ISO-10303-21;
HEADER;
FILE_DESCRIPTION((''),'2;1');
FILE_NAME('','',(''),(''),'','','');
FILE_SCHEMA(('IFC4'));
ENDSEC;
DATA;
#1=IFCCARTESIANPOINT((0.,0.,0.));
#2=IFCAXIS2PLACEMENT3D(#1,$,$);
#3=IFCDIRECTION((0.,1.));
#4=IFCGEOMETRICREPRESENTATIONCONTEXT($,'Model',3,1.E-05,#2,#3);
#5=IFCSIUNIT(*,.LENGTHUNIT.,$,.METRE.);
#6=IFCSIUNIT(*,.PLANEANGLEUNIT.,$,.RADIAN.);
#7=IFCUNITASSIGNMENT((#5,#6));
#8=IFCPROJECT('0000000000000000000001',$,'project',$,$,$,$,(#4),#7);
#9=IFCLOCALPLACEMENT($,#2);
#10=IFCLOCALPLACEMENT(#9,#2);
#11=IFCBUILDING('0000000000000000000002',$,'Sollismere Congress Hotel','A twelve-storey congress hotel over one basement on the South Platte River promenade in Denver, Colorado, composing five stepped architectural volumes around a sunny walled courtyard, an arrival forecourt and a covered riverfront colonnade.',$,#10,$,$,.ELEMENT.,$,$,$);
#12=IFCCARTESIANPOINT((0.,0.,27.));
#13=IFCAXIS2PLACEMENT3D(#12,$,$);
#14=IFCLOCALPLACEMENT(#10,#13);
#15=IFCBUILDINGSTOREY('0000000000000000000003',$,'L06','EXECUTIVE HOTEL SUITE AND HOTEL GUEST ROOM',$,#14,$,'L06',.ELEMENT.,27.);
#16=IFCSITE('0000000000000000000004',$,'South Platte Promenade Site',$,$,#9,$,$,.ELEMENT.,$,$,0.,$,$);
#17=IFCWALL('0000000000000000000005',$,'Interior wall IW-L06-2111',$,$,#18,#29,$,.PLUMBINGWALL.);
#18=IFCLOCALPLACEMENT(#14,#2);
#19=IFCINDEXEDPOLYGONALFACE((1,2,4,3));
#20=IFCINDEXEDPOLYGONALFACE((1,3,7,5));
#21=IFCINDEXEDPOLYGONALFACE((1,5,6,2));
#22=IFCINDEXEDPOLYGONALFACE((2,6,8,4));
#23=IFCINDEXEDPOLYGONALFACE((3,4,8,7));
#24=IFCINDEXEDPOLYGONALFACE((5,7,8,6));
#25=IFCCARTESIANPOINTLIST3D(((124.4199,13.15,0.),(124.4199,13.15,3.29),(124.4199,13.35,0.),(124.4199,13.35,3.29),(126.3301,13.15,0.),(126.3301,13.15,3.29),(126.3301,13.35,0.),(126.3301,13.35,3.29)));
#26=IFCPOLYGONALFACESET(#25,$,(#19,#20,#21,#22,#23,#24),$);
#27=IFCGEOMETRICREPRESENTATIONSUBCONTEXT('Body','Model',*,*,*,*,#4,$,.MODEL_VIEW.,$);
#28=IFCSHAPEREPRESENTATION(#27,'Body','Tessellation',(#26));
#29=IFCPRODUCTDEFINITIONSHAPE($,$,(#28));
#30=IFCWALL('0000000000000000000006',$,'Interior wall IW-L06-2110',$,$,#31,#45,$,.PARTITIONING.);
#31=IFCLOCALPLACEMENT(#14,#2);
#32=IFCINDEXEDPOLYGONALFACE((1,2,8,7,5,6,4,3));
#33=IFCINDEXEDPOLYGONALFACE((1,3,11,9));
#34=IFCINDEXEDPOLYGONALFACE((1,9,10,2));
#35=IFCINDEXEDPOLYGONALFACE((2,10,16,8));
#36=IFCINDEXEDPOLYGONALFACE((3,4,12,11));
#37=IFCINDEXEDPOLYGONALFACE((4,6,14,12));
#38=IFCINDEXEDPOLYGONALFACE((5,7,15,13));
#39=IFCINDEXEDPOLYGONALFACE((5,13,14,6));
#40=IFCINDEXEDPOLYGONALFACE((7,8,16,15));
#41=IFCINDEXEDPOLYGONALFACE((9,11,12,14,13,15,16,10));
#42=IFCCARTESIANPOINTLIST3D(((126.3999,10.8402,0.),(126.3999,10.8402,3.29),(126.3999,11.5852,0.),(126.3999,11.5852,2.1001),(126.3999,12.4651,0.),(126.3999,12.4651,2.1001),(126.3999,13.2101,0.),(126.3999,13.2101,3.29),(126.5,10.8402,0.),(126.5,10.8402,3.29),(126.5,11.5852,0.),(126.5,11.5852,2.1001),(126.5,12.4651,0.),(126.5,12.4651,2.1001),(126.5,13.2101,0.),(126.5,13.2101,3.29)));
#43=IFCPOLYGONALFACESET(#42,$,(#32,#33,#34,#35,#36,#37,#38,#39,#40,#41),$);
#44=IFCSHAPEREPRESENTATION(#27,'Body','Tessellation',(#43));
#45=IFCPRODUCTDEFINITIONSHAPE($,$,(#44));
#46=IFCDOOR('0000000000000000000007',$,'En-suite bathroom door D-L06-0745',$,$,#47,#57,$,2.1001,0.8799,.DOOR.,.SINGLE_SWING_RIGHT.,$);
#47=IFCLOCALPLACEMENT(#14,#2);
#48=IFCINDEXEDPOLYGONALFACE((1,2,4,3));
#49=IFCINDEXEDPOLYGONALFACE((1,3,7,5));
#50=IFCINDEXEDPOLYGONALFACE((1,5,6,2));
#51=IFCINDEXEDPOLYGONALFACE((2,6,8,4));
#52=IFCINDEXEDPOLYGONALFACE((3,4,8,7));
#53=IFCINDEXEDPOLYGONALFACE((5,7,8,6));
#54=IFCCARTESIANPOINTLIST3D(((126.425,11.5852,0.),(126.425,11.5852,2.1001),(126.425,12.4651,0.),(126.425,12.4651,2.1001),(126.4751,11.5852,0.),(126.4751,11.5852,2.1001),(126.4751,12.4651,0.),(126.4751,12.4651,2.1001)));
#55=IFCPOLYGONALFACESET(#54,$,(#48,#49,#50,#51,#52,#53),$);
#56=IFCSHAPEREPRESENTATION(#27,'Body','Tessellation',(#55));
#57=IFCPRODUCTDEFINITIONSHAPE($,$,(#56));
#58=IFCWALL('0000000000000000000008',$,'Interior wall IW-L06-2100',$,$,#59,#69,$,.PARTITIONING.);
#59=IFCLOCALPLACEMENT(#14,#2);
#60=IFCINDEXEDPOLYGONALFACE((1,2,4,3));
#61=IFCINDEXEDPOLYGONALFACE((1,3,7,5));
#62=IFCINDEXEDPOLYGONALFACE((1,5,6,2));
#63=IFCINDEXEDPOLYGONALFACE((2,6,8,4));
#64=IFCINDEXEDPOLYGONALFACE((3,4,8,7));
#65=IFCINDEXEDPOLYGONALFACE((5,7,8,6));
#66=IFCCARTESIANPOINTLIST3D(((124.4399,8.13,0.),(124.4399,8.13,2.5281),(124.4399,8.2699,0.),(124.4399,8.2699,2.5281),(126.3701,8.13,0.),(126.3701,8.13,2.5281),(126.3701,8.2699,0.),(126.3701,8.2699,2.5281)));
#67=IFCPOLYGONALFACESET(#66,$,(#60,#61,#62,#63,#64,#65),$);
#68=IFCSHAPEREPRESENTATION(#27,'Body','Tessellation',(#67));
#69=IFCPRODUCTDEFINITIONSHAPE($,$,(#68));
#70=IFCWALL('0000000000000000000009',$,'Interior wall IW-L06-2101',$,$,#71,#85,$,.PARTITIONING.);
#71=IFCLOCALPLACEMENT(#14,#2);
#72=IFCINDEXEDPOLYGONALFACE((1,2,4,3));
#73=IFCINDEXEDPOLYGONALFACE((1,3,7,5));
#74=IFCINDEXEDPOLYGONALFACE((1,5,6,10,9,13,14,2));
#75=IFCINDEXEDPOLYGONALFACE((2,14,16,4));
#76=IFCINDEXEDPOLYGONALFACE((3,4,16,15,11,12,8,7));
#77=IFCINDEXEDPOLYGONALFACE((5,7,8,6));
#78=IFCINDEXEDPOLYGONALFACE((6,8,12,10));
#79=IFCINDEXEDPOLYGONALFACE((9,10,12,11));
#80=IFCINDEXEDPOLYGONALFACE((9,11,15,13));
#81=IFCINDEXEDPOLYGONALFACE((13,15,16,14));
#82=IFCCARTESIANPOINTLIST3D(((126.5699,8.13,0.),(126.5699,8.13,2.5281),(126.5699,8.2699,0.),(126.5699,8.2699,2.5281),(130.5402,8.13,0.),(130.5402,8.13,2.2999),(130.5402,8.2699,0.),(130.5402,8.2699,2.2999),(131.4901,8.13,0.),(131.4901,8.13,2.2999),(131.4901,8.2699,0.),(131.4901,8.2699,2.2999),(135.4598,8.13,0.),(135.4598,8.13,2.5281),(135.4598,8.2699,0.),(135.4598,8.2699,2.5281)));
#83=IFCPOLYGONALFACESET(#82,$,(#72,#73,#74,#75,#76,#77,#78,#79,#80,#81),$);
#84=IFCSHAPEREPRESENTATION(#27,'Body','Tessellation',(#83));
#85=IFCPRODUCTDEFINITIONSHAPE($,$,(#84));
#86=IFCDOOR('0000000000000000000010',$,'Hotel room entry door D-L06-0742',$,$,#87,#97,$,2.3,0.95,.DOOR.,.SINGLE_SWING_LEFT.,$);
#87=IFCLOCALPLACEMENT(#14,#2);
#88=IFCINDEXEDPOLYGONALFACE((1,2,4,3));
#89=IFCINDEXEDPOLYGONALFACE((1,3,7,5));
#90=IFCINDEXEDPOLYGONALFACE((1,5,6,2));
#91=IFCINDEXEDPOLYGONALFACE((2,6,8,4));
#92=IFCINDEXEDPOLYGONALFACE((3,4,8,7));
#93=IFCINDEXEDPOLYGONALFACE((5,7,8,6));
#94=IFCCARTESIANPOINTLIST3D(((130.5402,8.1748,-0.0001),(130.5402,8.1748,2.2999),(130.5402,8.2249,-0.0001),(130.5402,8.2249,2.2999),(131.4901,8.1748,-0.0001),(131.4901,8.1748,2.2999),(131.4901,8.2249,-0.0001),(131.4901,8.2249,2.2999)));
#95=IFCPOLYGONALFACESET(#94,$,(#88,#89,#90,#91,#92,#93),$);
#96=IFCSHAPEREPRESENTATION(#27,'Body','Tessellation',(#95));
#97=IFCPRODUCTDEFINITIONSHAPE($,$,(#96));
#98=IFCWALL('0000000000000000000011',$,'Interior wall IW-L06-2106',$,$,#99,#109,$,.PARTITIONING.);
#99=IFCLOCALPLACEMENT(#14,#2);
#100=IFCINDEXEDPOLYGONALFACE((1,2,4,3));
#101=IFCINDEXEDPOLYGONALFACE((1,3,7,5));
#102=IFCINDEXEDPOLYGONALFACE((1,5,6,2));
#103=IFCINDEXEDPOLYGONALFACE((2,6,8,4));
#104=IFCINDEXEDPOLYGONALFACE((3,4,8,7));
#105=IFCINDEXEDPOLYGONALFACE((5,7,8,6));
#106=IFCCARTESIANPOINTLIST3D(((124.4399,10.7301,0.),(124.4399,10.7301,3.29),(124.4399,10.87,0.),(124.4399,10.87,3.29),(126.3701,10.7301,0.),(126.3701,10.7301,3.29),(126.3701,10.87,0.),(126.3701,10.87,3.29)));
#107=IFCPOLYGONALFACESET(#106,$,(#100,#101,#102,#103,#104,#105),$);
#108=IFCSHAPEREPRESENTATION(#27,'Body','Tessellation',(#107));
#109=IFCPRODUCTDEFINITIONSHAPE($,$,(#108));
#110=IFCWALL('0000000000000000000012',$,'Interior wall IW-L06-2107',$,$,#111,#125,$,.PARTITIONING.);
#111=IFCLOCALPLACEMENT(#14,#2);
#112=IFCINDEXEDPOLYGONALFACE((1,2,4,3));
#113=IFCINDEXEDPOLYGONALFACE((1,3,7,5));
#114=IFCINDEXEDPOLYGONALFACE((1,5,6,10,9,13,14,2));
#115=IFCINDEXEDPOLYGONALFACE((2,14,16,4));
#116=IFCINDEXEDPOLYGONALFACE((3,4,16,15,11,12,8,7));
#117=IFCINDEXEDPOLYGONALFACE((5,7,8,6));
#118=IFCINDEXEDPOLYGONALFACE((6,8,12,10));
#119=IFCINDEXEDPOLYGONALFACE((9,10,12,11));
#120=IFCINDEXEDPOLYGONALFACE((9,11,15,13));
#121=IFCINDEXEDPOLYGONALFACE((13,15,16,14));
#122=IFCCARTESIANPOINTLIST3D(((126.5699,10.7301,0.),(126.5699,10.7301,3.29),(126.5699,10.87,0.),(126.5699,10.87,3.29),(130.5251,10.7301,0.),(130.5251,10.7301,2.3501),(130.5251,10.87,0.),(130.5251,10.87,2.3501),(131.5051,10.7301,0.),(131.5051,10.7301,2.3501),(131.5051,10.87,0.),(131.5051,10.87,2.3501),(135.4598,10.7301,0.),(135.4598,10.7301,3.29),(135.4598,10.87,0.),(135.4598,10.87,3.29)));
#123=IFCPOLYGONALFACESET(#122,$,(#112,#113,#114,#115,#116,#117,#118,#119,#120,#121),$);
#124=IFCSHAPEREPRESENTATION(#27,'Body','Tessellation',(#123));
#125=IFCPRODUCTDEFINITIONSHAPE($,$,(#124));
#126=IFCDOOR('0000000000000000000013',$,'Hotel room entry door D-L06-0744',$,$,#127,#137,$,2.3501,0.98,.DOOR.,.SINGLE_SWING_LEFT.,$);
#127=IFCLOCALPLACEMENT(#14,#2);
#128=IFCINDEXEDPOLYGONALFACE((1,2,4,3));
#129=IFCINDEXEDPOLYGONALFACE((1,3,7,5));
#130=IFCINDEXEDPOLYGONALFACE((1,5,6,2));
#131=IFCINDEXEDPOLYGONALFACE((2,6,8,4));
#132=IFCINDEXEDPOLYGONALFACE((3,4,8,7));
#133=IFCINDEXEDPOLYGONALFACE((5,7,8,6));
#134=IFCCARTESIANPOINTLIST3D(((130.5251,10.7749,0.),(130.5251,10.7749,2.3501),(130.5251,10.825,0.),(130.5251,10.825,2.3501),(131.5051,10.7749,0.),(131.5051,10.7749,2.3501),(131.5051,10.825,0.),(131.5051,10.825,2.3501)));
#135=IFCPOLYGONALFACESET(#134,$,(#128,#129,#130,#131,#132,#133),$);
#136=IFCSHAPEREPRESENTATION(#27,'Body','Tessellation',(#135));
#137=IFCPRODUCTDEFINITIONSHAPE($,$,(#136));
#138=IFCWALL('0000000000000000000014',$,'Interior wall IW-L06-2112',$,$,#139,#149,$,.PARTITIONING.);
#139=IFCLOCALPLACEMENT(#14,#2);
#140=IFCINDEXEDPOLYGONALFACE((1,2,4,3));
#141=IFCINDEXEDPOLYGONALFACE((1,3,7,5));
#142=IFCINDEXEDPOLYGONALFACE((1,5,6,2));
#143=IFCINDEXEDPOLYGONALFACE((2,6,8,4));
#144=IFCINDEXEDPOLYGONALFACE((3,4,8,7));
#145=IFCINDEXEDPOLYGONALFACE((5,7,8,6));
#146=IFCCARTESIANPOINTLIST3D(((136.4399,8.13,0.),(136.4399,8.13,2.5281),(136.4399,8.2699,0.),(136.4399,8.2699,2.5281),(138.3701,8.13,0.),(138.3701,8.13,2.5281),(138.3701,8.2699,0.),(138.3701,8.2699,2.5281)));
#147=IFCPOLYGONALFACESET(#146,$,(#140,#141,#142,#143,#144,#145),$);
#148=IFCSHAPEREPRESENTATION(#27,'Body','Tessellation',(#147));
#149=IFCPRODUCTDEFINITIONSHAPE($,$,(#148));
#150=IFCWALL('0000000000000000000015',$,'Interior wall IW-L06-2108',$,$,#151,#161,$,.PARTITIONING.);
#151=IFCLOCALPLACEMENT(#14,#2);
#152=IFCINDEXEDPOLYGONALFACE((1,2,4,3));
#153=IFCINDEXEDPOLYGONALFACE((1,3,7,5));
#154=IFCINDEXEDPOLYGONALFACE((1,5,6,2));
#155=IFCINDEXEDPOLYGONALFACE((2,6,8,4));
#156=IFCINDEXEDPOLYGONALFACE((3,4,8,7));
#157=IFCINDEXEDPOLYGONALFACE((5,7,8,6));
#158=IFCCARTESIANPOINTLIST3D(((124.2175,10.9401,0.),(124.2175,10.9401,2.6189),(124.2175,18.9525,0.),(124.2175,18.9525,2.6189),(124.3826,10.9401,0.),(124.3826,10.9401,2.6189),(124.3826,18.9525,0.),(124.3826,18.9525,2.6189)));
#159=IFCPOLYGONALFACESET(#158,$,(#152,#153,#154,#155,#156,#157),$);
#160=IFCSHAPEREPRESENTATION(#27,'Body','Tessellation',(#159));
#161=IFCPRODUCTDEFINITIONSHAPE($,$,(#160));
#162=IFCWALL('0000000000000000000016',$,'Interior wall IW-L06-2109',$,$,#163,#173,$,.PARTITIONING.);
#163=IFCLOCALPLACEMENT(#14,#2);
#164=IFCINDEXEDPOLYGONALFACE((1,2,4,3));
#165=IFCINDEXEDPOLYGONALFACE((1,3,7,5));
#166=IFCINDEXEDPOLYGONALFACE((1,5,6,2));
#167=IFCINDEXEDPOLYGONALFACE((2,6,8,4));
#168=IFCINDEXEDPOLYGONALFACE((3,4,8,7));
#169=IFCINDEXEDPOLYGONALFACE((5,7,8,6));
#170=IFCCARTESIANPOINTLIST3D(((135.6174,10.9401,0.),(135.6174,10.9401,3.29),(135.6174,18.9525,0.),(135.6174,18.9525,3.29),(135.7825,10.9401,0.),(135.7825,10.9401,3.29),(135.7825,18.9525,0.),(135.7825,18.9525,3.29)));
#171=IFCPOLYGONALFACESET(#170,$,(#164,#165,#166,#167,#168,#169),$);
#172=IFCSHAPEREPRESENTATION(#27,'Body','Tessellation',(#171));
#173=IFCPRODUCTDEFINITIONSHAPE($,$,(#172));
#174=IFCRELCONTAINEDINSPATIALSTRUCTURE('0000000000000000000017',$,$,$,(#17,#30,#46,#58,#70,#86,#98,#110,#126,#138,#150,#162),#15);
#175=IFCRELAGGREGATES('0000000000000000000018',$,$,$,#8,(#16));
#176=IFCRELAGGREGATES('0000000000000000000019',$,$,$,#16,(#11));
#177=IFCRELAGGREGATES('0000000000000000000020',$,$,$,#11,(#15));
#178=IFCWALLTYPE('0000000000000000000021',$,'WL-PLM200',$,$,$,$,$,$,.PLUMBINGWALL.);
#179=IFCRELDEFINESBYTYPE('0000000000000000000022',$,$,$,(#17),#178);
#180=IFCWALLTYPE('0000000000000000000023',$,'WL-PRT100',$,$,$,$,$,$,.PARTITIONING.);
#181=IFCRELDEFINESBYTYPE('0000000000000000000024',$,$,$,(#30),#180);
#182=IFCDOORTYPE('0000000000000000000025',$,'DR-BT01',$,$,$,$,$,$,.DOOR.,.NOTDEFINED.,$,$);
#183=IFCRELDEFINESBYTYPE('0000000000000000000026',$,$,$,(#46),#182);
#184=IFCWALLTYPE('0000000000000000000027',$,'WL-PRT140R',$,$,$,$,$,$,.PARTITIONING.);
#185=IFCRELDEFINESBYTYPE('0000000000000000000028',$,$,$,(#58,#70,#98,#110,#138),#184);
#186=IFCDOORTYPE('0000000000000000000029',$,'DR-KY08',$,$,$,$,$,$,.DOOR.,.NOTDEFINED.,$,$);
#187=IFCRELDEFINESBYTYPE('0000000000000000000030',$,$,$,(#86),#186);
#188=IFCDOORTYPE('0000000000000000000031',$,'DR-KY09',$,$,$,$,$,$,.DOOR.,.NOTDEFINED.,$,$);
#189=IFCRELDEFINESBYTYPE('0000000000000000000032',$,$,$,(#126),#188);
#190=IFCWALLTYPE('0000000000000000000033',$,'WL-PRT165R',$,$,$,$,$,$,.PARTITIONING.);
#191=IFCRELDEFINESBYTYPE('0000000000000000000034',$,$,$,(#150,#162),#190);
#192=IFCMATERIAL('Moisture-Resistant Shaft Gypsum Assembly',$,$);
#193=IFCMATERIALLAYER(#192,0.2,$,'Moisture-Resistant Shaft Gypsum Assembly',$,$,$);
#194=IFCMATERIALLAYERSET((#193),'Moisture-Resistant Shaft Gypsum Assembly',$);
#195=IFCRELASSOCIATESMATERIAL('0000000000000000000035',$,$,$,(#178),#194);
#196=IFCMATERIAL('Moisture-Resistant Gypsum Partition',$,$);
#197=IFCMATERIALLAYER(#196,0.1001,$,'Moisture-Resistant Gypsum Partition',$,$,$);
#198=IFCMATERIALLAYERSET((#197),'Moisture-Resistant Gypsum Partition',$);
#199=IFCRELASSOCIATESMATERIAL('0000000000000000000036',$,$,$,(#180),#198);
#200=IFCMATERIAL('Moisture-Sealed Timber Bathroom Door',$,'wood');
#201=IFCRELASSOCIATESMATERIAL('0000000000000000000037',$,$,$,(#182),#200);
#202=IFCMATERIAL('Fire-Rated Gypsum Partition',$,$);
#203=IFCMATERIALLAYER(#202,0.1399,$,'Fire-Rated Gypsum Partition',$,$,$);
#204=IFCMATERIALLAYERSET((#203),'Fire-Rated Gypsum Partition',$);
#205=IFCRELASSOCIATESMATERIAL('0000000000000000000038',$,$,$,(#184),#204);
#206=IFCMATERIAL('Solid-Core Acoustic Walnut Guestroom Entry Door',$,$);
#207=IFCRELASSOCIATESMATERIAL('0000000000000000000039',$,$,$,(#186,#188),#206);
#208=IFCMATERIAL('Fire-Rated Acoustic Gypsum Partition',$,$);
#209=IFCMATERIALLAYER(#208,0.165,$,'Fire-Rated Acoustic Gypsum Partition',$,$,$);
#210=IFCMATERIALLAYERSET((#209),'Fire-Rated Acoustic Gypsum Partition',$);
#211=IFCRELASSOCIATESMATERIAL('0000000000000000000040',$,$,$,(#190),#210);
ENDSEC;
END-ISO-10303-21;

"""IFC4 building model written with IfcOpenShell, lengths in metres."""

from ifc_helpers import new_model, si_unit, direction, frame, frame_2d, origin, place, context, subcontext, project, spatial, rectangle, extrude, material, layer, layer_set, type_object, element, fill, save


model = new_model("IFC4")

# Units and contexts
model_context = context("Model", 3, precision=1e-05, world=origin(), true_north=direction((0.0, 1.0)))
body_context = subcontext(model_context, "Body", "Model", "MODEL_VIEW")
ifc_project = project(units=[si_unit("LENGTHUNIT", "METRE"), si_unit("PLANEANGLEUNIT", "RADIAN")], contexts=[model_context])

# Site, building, storey
site_placement = place(None, origin())
site = spatial("IfcSite", under=ifc_project, at=site_placement, Name="South Platte Promenade Site", CompositionType="ELEMENT", RefElevation=0.0)
building_placement = place(site_placement, origin())
building = spatial("IfcBuilding", under=site, at=building_placement, Name="Sollismere Congress Hotel", Description="A twelve-storey congress hotel over one basement on the South Platte River promenade in Denver, Colorado, composing five stepped architectural volumes around a sunny walled courtyard, an arrival forecourt and a covered riverfront colonnade.", CompositionType="ELEMENT")
storey_placement = place(building_placement, frame((0.0, 0.0, 27.0)))
storey = spatial("IfcBuildingStorey", under=building, at=storey_placement, Name="L06", Description="EXECUTIVE HOTEL SUITE AND HOTEL GUEST ROOM", LongName="L06", CompositionType="ELEMENT", Elevation=27.0)

# Wall
ifc_material_1 = material(Name="Moisture-Resistant Shaft Gypsum Assembly")
ifc_layer_1 = layer(ifc_material_1, 0.2, Name="Moisture-Resistant Shaft Gypsum Assembly")
ifc_layer_set_1 = layer_set([ifc_layer_1], Name="Moisture-Resistant Shaft Gypsum Assembly")
wall_type_1 = type_object("IfcWallType", Name="WL-PLM200", PredefinedType="PLUMBINGWALL", material=ifc_layer_set_1)
wall_1_placement = place(storey_placement, frame((124.4199, 13.25, 0.0), z_axis=(0.0, 0.0, 1.0), x_axis=(1.0, 0.0, 0.0)))
element("IfcWall", 1, at=wall_1_placement, inside=storey, type_object=wall_type_1, Name="Interior wall IW-L06-2111", PredefinedType="PLUMBINGWALL", context=body_context, shape_type="SweptSolid", body=[
    extrude(rectangle(XDim=1.9102, YDim=0.2, at=frame_2d((0.9551, 0.0))), origin(), (0.0, 0.0, 1.0), 3.29),
])

# Wall, opening, door
ifc_material_2 = material(Name="Moisture-Resistant Gypsum Partition")
ifc_layer_2 = layer(ifc_material_2, 0.1001, Name="Moisture-Resistant Gypsum Partition")
ifc_layer_set_2 = layer_set([ifc_layer_2], Name="Moisture-Resistant Gypsum Partition")
wall_type_2 = type_object("IfcWallType", Name="WL-PRT100", PredefinedType="PARTITIONING", material=ifc_layer_set_2)
wall_2_placement = place(storey_placement, frame((126.45, 10.8401, 0.0), z_axis=(0.0, 0.0, 1.0), x_axis=(0.0, 1.0, 0.0)))
wall_2 = element("IfcWall", 2, at=wall_2_placement, inside=storey, type_object=wall_type_2, Name="Interior wall IW-L06-2110", PredefinedType="PARTITIONING", context=body_context, shape_type="SweptSolid", body=[
    extrude(rectangle(XDim=2.3699, YDim=0.1001, at=frame_2d((1.1851, 0.0))), origin(), (0.0, 0.0, 1.0), 3.29),
])
opening_1_placement = place(wall_2_placement, frame((0.7451, 0.0, 0.0)))
opening_1 = element("IfcOpeningElement", 3, at=opening_1_placement, cuts=wall_2, PredefinedType="OPENING", context=body_context, shape_type="SweptSolid", body=[
    extrude(rectangle(XDim=0.8799, YDim=2.1001, at=frame_2d((0.4399, 1.05))), frame((0.0, 0.0601, 0.0), z_axis=(0.0, -1.0, 0.0), x_axis=(1.0, 0.0, 0.0)), (0.0, 0.0, 1.0), 0.1201),
])
ifc_material_3 = material(Name="Moisture-Sealed Timber Bathroom Door", Category="wood")
door_type_1 = type_object("IfcDoorType", Name="DR-BT01", OperationType="NOTDEFINED", PredefinedType="DOOR", material=ifc_material_3)
door_1_placement = place(opening_1_placement, origin())
door_1 = element("IfcDoor", 4, at=door_1_placement, inside=storey, type_object=door_type_1, Name="En-suite bathroom door D-L06-0745", OperationType="SINGLE_SWING_RIGHT", OverallHeight=2.1001, OverallWidth=0.8799, PredefinedType="DOOR", context=body_context, shape_type="SweptSolid", body=[
    extrude(rectangle(XDim=0.8799, YDim=2.1001, at=frame_2d((0.4399, 1.05))), frame((0.0, 0.0249, 0.0), z_axis=(0.0, -1.0, 0.0), x_axis=(1.0, 0.0, 0.0)), (0.0, 0.0, 1.0), 0.05),
])
fill(opening_1, door_1)

# Wall
ifc_material_4 = material(Name="Fire-Rated Gypsum Partition")
ifc_layer_3 = layer(ifc_material_4, 0.1399, Name="Fire-Rated Gypsum Partition")
ifc_layer_set_3 = layer_set([ifc_layer_3], Name="Fire-Rated Gypsum Partition")
wall_type_3 = type_object("IfcWallType", Name="WL-PRT140R", PredefinedType="PARTITIONING", material=ifc_layer_set_3)
wall_3_placement = place(storey_placement, frame((124.4399, 8.2, 0.0), z_axis=(0.0, 0.0, 1.0), x_axis=(1.0, 0.0, 0.0)))
element("IfcWall", 5, at=wall_3_placement, inside=storey, type_object=wall_type_3, Name="Interior wall IW-L06-2100", PredefinedType="PARTITIONING", context=body_context, shape_type="SweptSolid", body=[
    extrude(rectangle(XDim=1.9302, YDim=0.1399, at=frame_2d((0.9651, 0.0))), origin(), (0.0, 0.0, 1.0), 2.5281),
])

# Wall, opening, door
wall_4_placement = place(storey_placement, frame((126.5701, 8.2, 0.0), z_axis=(0.0, 0.0, 1.0), x_axis=(1.0, 0.0, 0.0)))
wall_4 = element("IfcWall", 6, at=wall_4_placement, inside=storey, type_object=wall_type_3, Name="Interior wall IW-L06-2101", PredefinedType="PARTITIONING", context=body_context, shape_type="SweptSolid", body=[
    extrude(rectangle(XDim=8.8899, YDim=0.1399, at=frame_2d((4.4448, 0.0))), origin(), (0.0, 0.0, 1.0), 2.5281),
])
opening_2_placement = place(wall_4_placement, frame((3.97, 0.0, 0.0)))
opening_2 = element("IfcOpeningElement", 7, at=opening_2_placement, cuts=wall_4, PredefinedType="OPENING", context=body_context, shape_type="SweptSolid", body=[
    extrude(rectangle(XDim=0.95, YDim=2.3, at=frame_2d((0.4751, 1.1499))), frame((0.0, 0.0798, 0.0), z_axis=(0.0, -1.0, 0.0), x_axis=(1.0, 0.0, 0.0)), (0.0, 0.0, 1.0), 0.1599),
])
ifc_material_5 = material(Name="Solid-Core Acoustic Walnut Guestroom Entry Door")
door_type_2 = type_object("IfcDoorType", Name="DR-KY08", OperationType="NOTDEFINED", PredefinedType="DOOR", material=ifc_material_5)
door_2_placement = place(opening_2_placement, origin())
door_2 = element("IfcDoor", 8, at=door_2_placement, inside=storey, type_object=door_type_2, Name="Hotel room entry door D-L06-0742", OperationType="SINGLE_SWING_LEFT", OverallHeight=2.3, OverallWidth=0.95, PredefinedType="DOOR", context=body_context, shape_type="SweptSolid", body=[
    extrude(rectangle(XDim=0.95, YDim=2.3, at=frame_2d((0.4751, 1.1499))), frame((0.0, 0.0249, 0.0), z_axis=(0.0, -1.0, 0.0), x_axis=(1.0, 0.0, 0.0)), (0.0, 0.0, 1.0), 0.05),
])
fill(opening_2, door_2)

# Wall
wall_5_placement = place(storey_placement, frame((124.4399, 10.8, 0.0), z_axis=(0.0, 0.0, 1.0), x_axis=(1.0, 0.0, 0.0)))
element("IfcWall", 9, at=wall_5_placement, inside=storey, type_object=wall_type_3, Name="Interior wall IW-L06-2106", PredefinedType="PARTITIONING", context=body_context, shape_type="SweptSolid", body=[
    extrude(rectangle(XDim=1.9302, YDim=0.1399, at=frame_2d((0.9651, 0.0))), origin(), (0.0, 0.0, 1.0), 3.29),
])

# Wall, opening, door
wall_6_placement = place(storey_placement, frame((126.5701, 10.8, 0.0), z_axis=(0.0, 0.0, 1.0), x_axis=(1.0, 0.0, 0.0)))
wall_6 = element("IfcWall", 10, at=wall_6_placement, inside=storey, type_object=wall_type_3, Name="Interior wall IW-L06-2107", PredefinedType="PARTITIONING", context=body_context, shape_type="SweptSolid", body=[
    extrude(rectangle(XDim=8.8899, YDim=0.1399, at=frame_2d((4.4448, 0.0))), origin(), (0.0, 0.0, 1.0), 3.29),
])
opening_3_placement = place(wall_6_placement, frame((3.9551, 0.0, 0.0)))
opening_3 = element("IfcOpeningElement", 11, at=opening_3_placement, cuts=wall_6, PredefinedType="OPENING", context=body_context, shape_type="SweptSolid", body=[
    extrude(rectangle(XDim=0.98, YDim=2.3501, at=frame_2d((0.49, 1.175))), frame((0.0, 0.0798, 0.0), z_axis=(0.0, -1.0, 0.0), x_axis=(1.0, 0.0, 0.0)), (0.0, 0.0, 1.0), 0.1599),
])
door_type_3 = type_object("IfcDoorType", Name="DR-KY09", OperationType="NOTDEFINED", PredefinedType="DOOR", material=ifc_material_5)
door_3_placement = place(opening_3_placement, origin())
door_3 = element("IfcDoor", 12, at=door_3_placement, inside=storey, type_object=door_type_3, Name="Hotel room entry door D-L06-0744", OperationType="SINGLE_SWING_LEFT", OverallHeight=2.3501, OverallWidth=0.98, PredefinedType="DOOR", context=body_context, shape_type="SweptSolid", body=[
    extrude(rectangle(XDim=0.98, YDim=2.3501, at=frame_2d((0.49, 1.175))), frame((0.0, 0.0249, 0.0), z_axis=(0.0, -1.0, 0.0), x_axis=(1.0, 0.0, 0.0)), (0.0, 0.0, 1.0), 0.05),
])
fill(opening_3, door_3)

# Walls
wall_7_placement = place(storey_placement, frame((136.4399, 8.2, 0.0), z_axis=(0.0, 0.0, 1.0), x_axis=(1.0, 0.0, 0.0)))
element("IfcWall", 13, at=wall_7_placement, inside=storey, type_object=wall_type_3, Name="Interior wall IW-L06-2112", PredefinedType="PARTITIONING", context=body_context, shape_type="SweptSolid", body=[
    extrude(rectangle(XDim=1.9302, YDim=0.1399, at=frame_2d((0.9651, 0.0))), origin(), (0.0, 0.0, 1.0), 2.5281),
])
ifc_material_6 = material(Name="Fire-Rated Acoustic Gypsum Partition")
ifc_layer_4 = layer(ifc_material_6, 0.165, Name="Fire-Rated Acoustic Gypsum Partition")
ifc_layer_set_4 = layer_set([ifc_layer_4], Name="Fire-Rated Acoustic Gypsum Partition")
wall_type_4 = type_object("IfcWallType", Name="WL-PRT165R", PredefinedType="PARTITIONING", material=ifc_layer_set_4)
wall_8_placement = place(storey_placement, frame((124.3, 10.9399, 0.0), z_axis=(0.0, 0.0, 1.0), x_axis=(0.0, 1.0, 0.0)))
element("IfcWall", 14, at=wall_8_placement, inside=storey, type_object=wall_type_4, Name="Interior wall IW-L06-2108", PredefinedType="PARTITIONING", context=body_context, shape_type="SweptSolid", body=[
    extrude(rectangle(XDim=8.0125, YDim=0.165, at=frame_2d((4.0063, 0.0))), origin(), (0.0, 0.0, 1.0), 2.6189),
])
wall_9_placement = place(storey_placement, frame((135.7, 10.9399, 0.0), z_axis=(0.0, 0.0, 1.0), x_axis=(0.0, 1.0, 0.0)))
element("IfcWall", 15, at=wall_9_placement, inside=storey, type_object=wall_type_4, Name="Interior wall IW-L06-2109", PredefinedType="PARTITIONING", context=body_context, shape_type="SweptSolid", body=[
    extrude(rectangle(XDim=8.0125, YDim=0.165, at=frame_2d((4.0063, 0.0))), origin(), (0.0, 0.0, 1.0), 3.29),
])

save(model, "model.ifc")
